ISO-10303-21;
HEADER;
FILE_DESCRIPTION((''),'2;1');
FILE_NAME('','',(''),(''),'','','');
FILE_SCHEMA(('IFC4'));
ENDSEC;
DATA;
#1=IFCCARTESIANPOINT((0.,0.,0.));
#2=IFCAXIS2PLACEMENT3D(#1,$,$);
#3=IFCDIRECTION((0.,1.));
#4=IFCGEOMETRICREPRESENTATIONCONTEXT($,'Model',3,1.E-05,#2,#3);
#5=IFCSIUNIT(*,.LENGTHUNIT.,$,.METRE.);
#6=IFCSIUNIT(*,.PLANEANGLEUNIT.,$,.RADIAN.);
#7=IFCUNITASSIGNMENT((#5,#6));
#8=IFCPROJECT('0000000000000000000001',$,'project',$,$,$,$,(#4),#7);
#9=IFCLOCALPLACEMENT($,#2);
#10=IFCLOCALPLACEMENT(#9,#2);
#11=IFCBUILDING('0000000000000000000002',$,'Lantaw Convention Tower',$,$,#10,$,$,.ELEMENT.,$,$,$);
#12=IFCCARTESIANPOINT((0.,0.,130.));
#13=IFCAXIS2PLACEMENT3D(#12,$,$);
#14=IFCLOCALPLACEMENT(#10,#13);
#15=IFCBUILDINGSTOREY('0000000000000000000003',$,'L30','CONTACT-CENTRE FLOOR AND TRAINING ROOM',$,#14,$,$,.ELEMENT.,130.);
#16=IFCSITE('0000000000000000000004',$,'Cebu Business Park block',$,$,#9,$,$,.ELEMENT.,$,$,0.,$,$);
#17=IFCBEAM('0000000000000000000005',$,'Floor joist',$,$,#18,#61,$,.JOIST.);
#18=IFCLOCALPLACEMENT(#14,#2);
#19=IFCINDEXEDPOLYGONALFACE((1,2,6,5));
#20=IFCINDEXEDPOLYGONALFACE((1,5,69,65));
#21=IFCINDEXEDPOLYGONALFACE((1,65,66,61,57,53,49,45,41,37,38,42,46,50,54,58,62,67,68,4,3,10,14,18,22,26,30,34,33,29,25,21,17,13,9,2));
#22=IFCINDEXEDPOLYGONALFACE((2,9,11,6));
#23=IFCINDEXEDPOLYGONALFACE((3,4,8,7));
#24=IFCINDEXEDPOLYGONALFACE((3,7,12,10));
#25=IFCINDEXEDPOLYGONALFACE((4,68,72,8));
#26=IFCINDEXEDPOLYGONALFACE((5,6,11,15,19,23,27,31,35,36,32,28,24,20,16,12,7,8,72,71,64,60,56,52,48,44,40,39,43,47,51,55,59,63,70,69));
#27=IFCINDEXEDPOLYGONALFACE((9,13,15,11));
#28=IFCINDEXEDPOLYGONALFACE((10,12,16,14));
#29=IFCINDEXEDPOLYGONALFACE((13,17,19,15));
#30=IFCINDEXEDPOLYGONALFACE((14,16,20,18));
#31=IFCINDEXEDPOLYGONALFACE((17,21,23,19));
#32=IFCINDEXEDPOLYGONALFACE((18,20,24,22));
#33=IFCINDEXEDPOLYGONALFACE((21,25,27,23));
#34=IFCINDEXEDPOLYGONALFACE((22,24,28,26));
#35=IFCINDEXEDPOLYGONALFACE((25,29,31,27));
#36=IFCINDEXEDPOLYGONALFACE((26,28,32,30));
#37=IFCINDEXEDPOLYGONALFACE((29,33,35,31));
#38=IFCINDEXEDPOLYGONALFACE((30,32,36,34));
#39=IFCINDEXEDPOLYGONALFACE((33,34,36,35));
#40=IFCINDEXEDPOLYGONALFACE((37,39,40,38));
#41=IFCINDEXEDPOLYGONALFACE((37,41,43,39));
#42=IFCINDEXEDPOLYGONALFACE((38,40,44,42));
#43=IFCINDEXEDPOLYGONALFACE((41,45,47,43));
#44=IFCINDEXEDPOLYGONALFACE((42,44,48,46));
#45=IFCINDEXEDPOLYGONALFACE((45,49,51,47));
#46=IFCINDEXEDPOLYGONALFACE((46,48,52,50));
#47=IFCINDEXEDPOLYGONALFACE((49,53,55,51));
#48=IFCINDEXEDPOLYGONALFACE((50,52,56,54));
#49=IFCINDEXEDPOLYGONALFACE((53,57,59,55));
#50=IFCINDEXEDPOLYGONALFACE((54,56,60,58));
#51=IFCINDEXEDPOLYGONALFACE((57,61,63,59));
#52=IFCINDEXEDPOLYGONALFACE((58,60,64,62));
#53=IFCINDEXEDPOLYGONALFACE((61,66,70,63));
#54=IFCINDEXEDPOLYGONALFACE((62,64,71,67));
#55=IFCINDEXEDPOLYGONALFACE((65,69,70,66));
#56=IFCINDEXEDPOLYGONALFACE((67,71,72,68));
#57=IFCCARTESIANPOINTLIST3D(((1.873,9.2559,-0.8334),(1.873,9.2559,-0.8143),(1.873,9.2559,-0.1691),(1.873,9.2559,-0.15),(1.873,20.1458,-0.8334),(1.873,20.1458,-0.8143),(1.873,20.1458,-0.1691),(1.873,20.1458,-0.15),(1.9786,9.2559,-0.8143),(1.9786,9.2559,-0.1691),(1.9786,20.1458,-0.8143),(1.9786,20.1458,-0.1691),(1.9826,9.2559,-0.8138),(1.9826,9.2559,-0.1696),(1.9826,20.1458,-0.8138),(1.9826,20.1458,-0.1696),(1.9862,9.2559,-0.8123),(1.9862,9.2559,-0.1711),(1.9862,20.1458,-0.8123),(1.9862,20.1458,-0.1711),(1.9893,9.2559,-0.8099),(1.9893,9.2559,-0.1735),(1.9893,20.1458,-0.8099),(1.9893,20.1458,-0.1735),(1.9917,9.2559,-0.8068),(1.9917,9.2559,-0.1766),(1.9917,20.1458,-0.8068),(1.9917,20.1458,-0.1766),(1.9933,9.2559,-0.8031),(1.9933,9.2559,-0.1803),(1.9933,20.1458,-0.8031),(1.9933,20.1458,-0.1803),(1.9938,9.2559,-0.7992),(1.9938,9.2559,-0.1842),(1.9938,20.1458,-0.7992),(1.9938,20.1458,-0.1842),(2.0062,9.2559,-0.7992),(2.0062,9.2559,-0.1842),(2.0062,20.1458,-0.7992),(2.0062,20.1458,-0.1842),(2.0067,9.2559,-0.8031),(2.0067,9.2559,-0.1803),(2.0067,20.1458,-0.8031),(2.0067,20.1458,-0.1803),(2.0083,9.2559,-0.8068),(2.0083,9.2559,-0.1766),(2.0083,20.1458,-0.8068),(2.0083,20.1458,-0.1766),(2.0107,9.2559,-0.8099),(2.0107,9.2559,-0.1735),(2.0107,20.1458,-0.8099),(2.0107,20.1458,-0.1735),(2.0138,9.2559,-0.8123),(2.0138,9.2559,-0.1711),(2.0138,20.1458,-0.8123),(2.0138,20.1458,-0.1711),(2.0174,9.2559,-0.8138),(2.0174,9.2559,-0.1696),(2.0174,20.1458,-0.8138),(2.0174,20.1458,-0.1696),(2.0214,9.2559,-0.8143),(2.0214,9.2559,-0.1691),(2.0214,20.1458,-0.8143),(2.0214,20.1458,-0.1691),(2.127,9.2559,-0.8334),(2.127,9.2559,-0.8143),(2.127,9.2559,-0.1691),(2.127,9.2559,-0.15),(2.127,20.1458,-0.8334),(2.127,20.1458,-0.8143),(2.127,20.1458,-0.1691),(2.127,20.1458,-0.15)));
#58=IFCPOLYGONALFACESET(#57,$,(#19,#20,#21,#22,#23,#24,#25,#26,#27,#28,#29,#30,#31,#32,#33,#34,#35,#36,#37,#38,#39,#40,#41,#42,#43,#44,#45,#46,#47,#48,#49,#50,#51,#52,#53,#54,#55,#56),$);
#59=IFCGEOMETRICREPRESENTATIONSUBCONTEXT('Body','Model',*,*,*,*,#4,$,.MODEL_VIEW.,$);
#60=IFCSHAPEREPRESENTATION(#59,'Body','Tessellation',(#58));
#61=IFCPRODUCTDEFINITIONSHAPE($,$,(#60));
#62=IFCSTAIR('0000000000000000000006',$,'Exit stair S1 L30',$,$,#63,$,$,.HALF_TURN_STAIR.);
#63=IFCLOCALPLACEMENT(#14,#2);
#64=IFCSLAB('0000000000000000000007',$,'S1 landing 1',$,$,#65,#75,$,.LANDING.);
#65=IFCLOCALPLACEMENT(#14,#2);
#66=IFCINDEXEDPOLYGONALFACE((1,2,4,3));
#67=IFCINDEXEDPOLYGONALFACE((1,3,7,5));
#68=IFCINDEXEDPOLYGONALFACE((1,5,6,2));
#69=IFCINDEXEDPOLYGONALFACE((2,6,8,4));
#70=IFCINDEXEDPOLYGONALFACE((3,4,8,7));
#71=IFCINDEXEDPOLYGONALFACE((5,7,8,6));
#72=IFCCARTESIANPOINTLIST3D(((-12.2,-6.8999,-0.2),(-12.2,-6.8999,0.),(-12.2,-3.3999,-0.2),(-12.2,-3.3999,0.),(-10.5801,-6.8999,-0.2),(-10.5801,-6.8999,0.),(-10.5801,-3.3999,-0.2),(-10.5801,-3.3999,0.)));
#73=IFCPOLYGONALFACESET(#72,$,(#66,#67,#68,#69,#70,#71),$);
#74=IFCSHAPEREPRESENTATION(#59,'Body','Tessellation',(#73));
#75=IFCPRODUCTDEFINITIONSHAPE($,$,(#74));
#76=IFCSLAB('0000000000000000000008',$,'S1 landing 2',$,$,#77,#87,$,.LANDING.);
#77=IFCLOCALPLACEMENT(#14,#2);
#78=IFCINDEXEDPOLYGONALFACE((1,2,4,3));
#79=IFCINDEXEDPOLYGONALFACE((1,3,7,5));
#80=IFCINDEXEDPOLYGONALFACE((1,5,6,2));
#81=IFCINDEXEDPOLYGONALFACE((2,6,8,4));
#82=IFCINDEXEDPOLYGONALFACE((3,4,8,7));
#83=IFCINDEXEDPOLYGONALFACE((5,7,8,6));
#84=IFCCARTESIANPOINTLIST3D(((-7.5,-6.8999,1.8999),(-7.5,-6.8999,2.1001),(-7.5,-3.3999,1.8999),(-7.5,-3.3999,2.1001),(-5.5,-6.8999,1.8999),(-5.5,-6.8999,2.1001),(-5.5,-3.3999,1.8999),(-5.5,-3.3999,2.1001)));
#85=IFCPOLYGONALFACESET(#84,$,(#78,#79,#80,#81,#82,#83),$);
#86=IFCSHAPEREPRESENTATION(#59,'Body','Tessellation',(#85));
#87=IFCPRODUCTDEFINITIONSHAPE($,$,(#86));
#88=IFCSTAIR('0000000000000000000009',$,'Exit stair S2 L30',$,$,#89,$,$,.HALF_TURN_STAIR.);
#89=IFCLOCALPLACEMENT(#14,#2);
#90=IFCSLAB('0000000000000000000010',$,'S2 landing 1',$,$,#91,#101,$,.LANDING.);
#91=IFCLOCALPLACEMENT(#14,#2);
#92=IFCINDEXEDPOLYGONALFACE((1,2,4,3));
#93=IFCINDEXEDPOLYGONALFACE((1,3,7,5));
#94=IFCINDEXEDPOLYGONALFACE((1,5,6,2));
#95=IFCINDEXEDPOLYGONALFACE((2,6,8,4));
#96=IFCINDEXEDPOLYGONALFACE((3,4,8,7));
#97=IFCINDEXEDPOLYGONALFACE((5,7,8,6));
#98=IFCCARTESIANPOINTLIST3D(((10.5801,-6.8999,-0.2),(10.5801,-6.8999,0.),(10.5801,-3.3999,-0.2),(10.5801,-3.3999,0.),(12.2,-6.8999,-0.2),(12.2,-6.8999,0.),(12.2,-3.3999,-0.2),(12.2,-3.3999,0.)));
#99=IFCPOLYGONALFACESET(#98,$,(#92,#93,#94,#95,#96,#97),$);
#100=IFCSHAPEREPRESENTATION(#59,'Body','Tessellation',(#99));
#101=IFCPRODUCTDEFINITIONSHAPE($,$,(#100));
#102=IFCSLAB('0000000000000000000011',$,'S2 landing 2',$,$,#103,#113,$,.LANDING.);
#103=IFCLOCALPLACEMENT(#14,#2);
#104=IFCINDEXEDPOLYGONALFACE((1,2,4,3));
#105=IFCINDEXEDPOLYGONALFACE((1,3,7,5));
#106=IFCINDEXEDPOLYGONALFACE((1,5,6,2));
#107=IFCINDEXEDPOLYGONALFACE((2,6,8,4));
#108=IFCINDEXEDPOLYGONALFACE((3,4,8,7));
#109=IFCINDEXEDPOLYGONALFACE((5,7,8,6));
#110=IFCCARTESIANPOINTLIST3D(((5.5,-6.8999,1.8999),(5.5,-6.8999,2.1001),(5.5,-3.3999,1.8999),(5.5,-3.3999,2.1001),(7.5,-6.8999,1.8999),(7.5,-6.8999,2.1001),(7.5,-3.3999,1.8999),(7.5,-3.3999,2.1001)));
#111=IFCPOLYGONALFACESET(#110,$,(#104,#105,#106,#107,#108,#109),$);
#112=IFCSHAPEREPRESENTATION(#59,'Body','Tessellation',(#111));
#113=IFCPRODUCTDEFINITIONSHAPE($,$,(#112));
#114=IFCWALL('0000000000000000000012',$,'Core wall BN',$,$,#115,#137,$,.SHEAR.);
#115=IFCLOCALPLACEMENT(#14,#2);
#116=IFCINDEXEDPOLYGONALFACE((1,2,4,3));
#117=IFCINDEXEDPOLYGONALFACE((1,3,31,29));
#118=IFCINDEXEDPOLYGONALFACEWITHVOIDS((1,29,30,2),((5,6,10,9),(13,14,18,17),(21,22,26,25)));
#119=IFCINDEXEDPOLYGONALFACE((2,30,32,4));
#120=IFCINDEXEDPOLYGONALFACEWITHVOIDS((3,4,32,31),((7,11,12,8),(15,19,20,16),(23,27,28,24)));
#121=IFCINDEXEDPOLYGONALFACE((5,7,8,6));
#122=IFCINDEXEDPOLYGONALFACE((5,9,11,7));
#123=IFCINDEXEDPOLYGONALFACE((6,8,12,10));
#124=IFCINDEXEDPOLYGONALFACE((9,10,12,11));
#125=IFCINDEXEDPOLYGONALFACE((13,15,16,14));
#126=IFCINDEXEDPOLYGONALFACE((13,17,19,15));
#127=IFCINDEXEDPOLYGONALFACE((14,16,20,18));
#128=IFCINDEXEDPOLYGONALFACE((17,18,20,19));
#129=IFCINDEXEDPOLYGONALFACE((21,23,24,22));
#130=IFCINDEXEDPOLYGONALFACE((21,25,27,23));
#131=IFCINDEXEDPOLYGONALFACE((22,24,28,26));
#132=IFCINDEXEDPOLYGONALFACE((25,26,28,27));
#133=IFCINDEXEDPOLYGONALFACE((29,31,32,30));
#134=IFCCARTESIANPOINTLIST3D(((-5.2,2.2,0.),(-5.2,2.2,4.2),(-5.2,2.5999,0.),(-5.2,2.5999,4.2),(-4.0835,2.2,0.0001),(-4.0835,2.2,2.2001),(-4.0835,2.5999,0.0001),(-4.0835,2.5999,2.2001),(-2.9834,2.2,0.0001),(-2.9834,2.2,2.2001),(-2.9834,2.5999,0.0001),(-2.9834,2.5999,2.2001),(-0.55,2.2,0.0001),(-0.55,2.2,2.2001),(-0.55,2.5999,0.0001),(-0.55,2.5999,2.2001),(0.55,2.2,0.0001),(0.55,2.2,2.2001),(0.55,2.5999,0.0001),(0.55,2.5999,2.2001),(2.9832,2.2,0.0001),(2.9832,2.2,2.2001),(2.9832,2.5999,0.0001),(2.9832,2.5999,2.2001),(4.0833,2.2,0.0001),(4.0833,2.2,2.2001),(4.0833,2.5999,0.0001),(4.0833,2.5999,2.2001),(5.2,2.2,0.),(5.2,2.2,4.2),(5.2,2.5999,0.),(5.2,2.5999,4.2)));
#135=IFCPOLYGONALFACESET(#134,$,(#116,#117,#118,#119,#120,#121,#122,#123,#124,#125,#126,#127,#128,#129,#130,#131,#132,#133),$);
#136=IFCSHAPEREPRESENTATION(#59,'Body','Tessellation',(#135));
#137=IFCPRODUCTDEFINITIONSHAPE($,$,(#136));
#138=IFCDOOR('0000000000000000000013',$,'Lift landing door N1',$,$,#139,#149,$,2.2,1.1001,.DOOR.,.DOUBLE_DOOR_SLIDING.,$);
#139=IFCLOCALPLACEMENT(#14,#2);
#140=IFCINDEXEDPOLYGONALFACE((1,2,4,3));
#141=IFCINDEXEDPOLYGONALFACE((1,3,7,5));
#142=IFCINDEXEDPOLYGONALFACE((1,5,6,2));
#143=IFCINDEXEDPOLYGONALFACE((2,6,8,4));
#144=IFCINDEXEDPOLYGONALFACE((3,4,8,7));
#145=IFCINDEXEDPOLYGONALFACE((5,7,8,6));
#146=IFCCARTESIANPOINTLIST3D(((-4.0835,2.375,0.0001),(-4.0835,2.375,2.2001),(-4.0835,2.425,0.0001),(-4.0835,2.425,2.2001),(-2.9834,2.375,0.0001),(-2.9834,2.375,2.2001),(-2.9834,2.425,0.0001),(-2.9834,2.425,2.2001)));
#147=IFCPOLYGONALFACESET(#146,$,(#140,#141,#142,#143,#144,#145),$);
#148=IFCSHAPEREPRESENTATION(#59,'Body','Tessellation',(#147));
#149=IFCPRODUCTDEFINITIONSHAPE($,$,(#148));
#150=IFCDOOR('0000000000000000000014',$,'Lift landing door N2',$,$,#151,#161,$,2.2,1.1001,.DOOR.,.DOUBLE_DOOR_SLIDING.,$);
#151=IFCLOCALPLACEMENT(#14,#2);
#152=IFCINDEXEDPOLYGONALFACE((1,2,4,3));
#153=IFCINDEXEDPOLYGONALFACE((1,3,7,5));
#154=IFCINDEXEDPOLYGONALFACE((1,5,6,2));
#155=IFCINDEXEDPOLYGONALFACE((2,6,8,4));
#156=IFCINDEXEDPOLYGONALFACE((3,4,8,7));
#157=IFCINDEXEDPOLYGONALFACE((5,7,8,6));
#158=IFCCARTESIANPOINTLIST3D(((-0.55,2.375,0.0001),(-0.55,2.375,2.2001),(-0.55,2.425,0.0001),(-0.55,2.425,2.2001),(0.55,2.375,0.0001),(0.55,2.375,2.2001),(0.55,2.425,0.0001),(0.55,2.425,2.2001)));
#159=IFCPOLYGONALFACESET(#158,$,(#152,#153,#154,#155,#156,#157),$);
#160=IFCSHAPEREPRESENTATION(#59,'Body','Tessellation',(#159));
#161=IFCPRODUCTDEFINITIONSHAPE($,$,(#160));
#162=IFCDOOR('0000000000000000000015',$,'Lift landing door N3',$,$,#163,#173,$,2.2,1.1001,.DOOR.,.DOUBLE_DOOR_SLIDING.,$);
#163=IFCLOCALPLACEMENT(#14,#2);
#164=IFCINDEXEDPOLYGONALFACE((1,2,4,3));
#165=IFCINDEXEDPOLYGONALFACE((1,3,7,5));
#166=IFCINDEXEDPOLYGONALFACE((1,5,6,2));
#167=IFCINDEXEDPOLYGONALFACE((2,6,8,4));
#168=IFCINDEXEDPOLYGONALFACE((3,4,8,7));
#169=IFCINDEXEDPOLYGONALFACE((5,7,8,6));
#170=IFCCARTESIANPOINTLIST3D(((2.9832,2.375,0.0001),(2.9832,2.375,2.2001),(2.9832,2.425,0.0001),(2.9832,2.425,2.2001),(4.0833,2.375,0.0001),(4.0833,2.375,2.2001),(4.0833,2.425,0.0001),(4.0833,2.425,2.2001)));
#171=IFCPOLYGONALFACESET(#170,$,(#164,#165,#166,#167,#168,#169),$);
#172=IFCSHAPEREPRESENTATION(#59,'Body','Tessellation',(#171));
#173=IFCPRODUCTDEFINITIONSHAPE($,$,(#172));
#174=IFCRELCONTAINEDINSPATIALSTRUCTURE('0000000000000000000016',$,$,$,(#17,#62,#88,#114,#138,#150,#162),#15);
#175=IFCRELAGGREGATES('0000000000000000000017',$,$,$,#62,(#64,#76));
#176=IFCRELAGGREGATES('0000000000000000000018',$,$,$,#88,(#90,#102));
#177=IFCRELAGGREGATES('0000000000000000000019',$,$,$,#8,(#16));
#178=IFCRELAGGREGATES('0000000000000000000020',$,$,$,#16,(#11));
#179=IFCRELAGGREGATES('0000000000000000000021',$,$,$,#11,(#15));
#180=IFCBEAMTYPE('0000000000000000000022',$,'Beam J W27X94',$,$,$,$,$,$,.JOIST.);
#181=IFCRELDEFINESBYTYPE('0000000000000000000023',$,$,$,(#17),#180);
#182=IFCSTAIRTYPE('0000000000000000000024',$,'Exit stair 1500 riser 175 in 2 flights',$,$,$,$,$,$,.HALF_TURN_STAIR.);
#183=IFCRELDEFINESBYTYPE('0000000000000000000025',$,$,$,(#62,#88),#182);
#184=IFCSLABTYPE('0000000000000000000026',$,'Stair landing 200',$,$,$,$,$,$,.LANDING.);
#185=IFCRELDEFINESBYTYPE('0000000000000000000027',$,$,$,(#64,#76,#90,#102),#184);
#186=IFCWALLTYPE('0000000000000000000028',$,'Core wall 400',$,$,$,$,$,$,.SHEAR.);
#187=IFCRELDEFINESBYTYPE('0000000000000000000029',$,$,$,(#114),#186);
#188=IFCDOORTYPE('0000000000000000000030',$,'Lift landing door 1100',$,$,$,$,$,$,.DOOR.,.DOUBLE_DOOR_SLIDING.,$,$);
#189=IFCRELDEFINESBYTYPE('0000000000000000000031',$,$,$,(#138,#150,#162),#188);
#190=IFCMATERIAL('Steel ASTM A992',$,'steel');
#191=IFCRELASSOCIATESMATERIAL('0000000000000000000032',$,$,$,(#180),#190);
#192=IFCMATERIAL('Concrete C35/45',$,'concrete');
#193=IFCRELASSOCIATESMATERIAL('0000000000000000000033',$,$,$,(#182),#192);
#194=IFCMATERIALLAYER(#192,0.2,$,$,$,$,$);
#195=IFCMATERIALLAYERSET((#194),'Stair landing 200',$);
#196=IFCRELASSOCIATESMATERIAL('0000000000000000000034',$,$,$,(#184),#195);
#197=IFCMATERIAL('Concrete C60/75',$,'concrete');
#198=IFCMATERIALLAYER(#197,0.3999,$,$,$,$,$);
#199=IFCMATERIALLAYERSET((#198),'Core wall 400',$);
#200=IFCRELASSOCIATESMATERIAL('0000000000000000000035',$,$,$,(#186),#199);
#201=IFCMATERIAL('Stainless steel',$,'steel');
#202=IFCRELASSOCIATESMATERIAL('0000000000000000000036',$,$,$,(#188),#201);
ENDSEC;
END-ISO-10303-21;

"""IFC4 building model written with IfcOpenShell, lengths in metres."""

from ifc_helpers import new_model, si_unit, direction, frame, frame_2d, origin, origin_2d, place, context, subcontext, project, spatial, polyline, rectangle, i_section, outline, extrude, material, layer, layer_set, material_profile, profile_set, type_object, element, fill, aggregate, save


model = new_model("IFC4")

# Units and contexts
model_context = context("Model", 3, precision=1e-05, world=origin(), true_north=direction((0.0, 1.0)))
body_context = subcontext(model_context, "Body", "Model", "MODEL_VIEW")
ifc_project = project(units=[si_unit("LENGTHUNIT", "METRE"), si_unit("PLANEANGLEUNIT", "RADIAN")], contexts=[model_context])

# Site, building, storey
site_placement = place(None, origin())
site = spatial("IfcSite", under=ifc_project, at=site_placement, Name="Cebu Business Park block", CompositionType="ELEMENT", RefElevation=0.0)
building_placement = place(site_placement, origin())
building = spatial("IfcBuilding", under=site, at=building_placement, Name="Lantaw Convention Tower", CompositionType="ELEMENT")
storey_placement = place(building_placement, frame((0.0, 0.0, 130.0)))
storey = spatial("IfcBuildingStorey", under=building, at=storey_placement, Name="L30", Description="CONTACT-CENTRE FLOOR AND TRAINING ROOM", CompositionType="ELEMENT", Elevation=130.0)

# Beam
ifc_material_1 = material(Name="Steel ASTM A992", Category="steel")
ifc_material_profile_1 = material_profile(ifc_material_1, i_section(OverallWidth=0.2539, OverallDepth=0.6833, WebThickness=0.0125, FlangeThickness=0.019, FilletRadius=0.0151, at=origin_2d()), Name="W27X94")
ifc_profile_set_1 = profile_set([ifc_material_profile_1], Name="Steel ASTM A992")
beam_type_1 = type_object("IfcBeamType", Name="Beam J W27X94", PredefinedType="JOIST", material=ifc_profile_set_1)
beam_1_placement = place(storey_placement, frame((2.0, 9.2559, -0.4917), z_axis=(0.0, 1.0, 0.0), x_axis=(-1.0, 0.0, 0.0)))
element("IfcBeam", 1, at=beam_1_placement, inside=storey, type_object=beam_type_1, Name="Floor joist", PredefinedType="JOIST", context=body_context, shape_type="SweptSolid", body=[
    extrude(i_section(OverallWidth=0.2539, OverallDepth=0.6833, WebThickness=0.0125, FlangeThickness=0.019, FilletRadius=0.0151, at=origin_2d()), origin(), (0.0, 0.0, 1.0), 10.8899),
])

# Stairs, slabs
ifc_material_2 = material(Name="Concrete C35/45", Category="concrete")
stair_type = type_object("IfcStairType", Name="Exit stair 1500 riser 175 in 2 flights", PredefinedType="HALF_TURN_STAIR", material=ifc_material_2)
stair_1_placement = place(storey_placement, origin())
stair_1 = element("IfcStair", 2, at=stair_1_placement, inside=storey, type_object=stair_type, Name="Exit stair S1 L30", PredefinedType="HALF_TURN_STAIR")
ifc_layer_1 = layer(ifc_material_2, 0.2)
ifc_layer_set_1 = layer_set([ifc_layer_1], Name="Stair landing 200")
slab_type = type_object("IfcSlabType", Name="Stair landing 200", PredefinedType="LANDING", material=ifc_layer_set_1)
slab_1_placement = place(storey_placement, frame((0.0, 0.0, -0.2)))
slab_1 = element("IfcSlab", 3, at=slab_1_placement, type_object=slab_type, Name="S1 landing 1", PredefinedType="LANDING", context=body_context, shape_type="SweptSolid", body=[
    extrude(outline(polyline([(-12.2, -6.8999), (-10.5801, -6.8999), (-10.5801, -3.3999), (-12.2, -3.3999), (-12.2, -6.8999)])), origin(), (0.0, 0.0, 1.0), 0.2),
])
slab_2_placement = place(storey_placement, frame((0.0, 0.0, 1.8999)))
slab_2 = element("IfcSlab", 4, at=slab_2_placement, type_object=slab_type, Name="S1 landing 2", PredefinedType="LANDING", context=body_context, shape_type="SweptSolid", body=[
    extrude(outline(polyline([(-7.5, -6.8999), (-5.5, -6.8999), (-5.5, -3.3999), (-7.5, -3.3999), (-7.5, -6.8999)])), origin(), (0.0, 0.0, 1.0), 0.2002),
])
aggregate(stair_1, [slab_1, slab_2])
stair_2_placement = place(storey_placement, origin())
stair_2 = element("IfcStair", 5, at=stair_2_placement, inside=storey, type_object=stair_type, Name="Exit stair S2 L30", PredefinedType="HALF_TURN_STAIR")
slab_3_placement = place(storey_placement, frame((0.0, 0.0, -0.2)))
slab_3 = element("IfcSlab", 6, at=slab_3_placement, type_object=slab_type, Name="S2 landing 1", PredefinedType="LANDING", context=body_context, shape_type="SweptSolid", body=[
    extrude(outline(polyline([(10.5801, -6.8999), (12.2, -6.8999), (12.2, -3.3999), (10.5801, -3.3999), (10.5801, -6.8999)])), origin(), (0.0, 0.0, 1.0), 0.2),
])
slab_4_placement = place(storey_placement, frame((0.0, 0.0, 1.8999)))
slab_4 = element("IfcSlab", 7, at=slab_4_placement, type_object=slab_type, Name="S2 landing 2", PredefinedType="LANDING", context=body_context, shape_type="SweptSolid", body=[
    extrude(outline(polyline([(5.5, -6.8999), (7.5, -6.8999), (7.5, -3.3999), (5.5, -3.3999), (5.5, -6.8999)])), origin(), (0.0, 0.0, 1.0), 0.2002),
])
aggregate(stair_2, [slab_3, slab_4])

# Wall, openings, doors
ifc_material_3 = material(Name="Concrete C60/75", Category="concrete")
ifc_layer_2 = layer(ifc_material_3, 0.3999)
ifc_layer_set_2 = layer_set([ifc_layer_2], Name="Core wall 400")
wall_type_1 = type_object("IfcWallType", Name="Core wall 400", PredefinedType="SHEAR", material=ifc_layer_set_2)
wall_1_placement = place(storey_placement, frame((5.2, 2.3999, 0.0), z_axis=(0.0, 0.0, 1.0), x_axis=(-1.0, 0.0, 0.0)))
wall_1 = element("IfcWall", 8, at=wall_1_placement, inside=storey, type_object=wall_type_1, Name="Core wall BN", PredefinedType="SHEAR", context=body_context, shape_type="SweptSolid", body=[
    extrude(rectangle(XDim=10.3999, YDim=0.3999, at=frame_2d((5.2, 0.0))), origin(), (0.0, 0.0, 1.0), 4.2),
])
opening_1_placement = place(wall_1_placement, frame((8.1833, 0.0, 0.0)))
opening_1 = element("IfcOpeningElement", 9, at=opening_1_placement, cuts=wall_1, PredefinedType="OPENING", context=body_context, shape_type="SweptSolid", body=[
    extrude(rectangle(XDim=1.1001, YDim=2.2, at=frame_2d((0.55, 1.1001))), frame((0.0, 0.21, 0.0), z_axis=(0.0, -1.0, 0.0), x_axis=(1.0, 0.0, 0.0)), (0.0, 0.0, 1.0), 0.4199),
])
opening_2_placement = place(wall_1_placement, frame((4.6499, 0.0, 0.0)))
opening_2 = element("IfcOpeningElement", 10, at=opening_2_placement, cuts=wall_1, PredefinedType="OPENING", context=body_context, shape_type="SweptSolid", body=[
    extrude(rectangle(XDim=1.1001, YDim=2.2, at=frame_2d((0.55, 1.1001))), frame((0.0, 0.21, 0.0), z_axis=(0.0, -1.0, 0.0), x_axis=(1.0, 0.0, 0.0)), (0.0, 0.0, 1.0), 0.4199),
])
opening_3_placement = place(wall_1_placement, frame((1.1167, 0.0, 0.0)))
opening_3 = element("IfcOpeningElement", 11, at=opening_3_placement, cuts=wall_1, PredefinedType="OPENING", context=body_context, shape_type="SweptSolid", body=[
    extrude(rectangle(XDim=1.1001, YDim=2.2, at=frame_2d((0.55, 1.1001))), frame((0.0, 0.21, 0.0), z_axis=(0.0, -1.0, 0.0), x_axis=(1.0, 0.0, 0.0)), (0.0, 0.0, 1.0), 0.4199),
])
ifc_material_4 = material(Name="Stainless steel", Category="steel")
door_type = type_object("IfcDoorType", Name="Lift landing door 1100", OperationType="DOUBLE_DOOR_SLIDING", PredefinedType="DOOR", material=ifc_material_4)
door_1_placement = place(opening_1_placement, origin())
door_1 = element("IfcDoor", 12, at=door_1_placement, inside=storey, type_object=door_type, Name="Lift landing door N1", OperationType="DOUBLE_DOOR_SLIDING", OverallHeight=2.2, OverallWidth=1.1001, PredefinedType="DOOR", context=body_context, shape_type="SweptSolid", body=[
    extrude(rectangle(XDim=1.1001, YDim=2.2, at=frame_2d((0.55, 1.1001))), frame((0.0, 0.0249, 0.0), z_axis=(0.0, -1.0, 0.0), x_axis=(1.0, 0.0, 0.0)), (0.0, 0.0, 1.0), 0.05),
])
fill(opening_1, door_1)
door_2_placement = place(opening_2_placement, origin())
door_2 = element("IfcDoor", 13, at=door_2_placement, inside=storey, type_object=door_type, Name="Lift landing door N2", OperationType="DOUBLE_DOOR_SLIDING", OverallHeight=2.2, OverallWidth=1.1001, PredefinedType="DOOR", context=body_context, shape_type="SweptSolid", body=[
    extrude(rectangle(XDim=1.1001, YDim=2.2, at=frame_2d((0.55, 1.1001))), frame((0.0, 0.0249, 0.0), z_axis=(0.0, -1.0, 0.0), x_axis=(1.0, 0.0, 0.0)), (0.0, 0.0, 1.0), 0.05),
])
fill(opening_2, door_2)
door_3_placement = place(opening_3_placement, origin())
door_3 = element("IfcDoor", 14, at=door_3_placement, inside=storey, type_object=door_type, Name="Lift landing door N3", OperationType="DOUBLE_DOOR_SLIDING", OverallHeight=2.2, OverallWidth=1.1001, PredefinedType="DOOR", context=body_context, shape_type="SweptSolid", body=[
    extrude(rectangle(XDim=1.1001, YDim=2.2, at=frame_2d((0.55, 1.1001))), frame((0.0, 0.0249, 0.0), z_axis=(0.0, -1.0, 0.0), x_axis=(1.0, 0.0, 0.0)), (0.0, 0.0, 1.0), 0.05),
])
fill(opening_3, door_3)

save(model, "model.ifc")
